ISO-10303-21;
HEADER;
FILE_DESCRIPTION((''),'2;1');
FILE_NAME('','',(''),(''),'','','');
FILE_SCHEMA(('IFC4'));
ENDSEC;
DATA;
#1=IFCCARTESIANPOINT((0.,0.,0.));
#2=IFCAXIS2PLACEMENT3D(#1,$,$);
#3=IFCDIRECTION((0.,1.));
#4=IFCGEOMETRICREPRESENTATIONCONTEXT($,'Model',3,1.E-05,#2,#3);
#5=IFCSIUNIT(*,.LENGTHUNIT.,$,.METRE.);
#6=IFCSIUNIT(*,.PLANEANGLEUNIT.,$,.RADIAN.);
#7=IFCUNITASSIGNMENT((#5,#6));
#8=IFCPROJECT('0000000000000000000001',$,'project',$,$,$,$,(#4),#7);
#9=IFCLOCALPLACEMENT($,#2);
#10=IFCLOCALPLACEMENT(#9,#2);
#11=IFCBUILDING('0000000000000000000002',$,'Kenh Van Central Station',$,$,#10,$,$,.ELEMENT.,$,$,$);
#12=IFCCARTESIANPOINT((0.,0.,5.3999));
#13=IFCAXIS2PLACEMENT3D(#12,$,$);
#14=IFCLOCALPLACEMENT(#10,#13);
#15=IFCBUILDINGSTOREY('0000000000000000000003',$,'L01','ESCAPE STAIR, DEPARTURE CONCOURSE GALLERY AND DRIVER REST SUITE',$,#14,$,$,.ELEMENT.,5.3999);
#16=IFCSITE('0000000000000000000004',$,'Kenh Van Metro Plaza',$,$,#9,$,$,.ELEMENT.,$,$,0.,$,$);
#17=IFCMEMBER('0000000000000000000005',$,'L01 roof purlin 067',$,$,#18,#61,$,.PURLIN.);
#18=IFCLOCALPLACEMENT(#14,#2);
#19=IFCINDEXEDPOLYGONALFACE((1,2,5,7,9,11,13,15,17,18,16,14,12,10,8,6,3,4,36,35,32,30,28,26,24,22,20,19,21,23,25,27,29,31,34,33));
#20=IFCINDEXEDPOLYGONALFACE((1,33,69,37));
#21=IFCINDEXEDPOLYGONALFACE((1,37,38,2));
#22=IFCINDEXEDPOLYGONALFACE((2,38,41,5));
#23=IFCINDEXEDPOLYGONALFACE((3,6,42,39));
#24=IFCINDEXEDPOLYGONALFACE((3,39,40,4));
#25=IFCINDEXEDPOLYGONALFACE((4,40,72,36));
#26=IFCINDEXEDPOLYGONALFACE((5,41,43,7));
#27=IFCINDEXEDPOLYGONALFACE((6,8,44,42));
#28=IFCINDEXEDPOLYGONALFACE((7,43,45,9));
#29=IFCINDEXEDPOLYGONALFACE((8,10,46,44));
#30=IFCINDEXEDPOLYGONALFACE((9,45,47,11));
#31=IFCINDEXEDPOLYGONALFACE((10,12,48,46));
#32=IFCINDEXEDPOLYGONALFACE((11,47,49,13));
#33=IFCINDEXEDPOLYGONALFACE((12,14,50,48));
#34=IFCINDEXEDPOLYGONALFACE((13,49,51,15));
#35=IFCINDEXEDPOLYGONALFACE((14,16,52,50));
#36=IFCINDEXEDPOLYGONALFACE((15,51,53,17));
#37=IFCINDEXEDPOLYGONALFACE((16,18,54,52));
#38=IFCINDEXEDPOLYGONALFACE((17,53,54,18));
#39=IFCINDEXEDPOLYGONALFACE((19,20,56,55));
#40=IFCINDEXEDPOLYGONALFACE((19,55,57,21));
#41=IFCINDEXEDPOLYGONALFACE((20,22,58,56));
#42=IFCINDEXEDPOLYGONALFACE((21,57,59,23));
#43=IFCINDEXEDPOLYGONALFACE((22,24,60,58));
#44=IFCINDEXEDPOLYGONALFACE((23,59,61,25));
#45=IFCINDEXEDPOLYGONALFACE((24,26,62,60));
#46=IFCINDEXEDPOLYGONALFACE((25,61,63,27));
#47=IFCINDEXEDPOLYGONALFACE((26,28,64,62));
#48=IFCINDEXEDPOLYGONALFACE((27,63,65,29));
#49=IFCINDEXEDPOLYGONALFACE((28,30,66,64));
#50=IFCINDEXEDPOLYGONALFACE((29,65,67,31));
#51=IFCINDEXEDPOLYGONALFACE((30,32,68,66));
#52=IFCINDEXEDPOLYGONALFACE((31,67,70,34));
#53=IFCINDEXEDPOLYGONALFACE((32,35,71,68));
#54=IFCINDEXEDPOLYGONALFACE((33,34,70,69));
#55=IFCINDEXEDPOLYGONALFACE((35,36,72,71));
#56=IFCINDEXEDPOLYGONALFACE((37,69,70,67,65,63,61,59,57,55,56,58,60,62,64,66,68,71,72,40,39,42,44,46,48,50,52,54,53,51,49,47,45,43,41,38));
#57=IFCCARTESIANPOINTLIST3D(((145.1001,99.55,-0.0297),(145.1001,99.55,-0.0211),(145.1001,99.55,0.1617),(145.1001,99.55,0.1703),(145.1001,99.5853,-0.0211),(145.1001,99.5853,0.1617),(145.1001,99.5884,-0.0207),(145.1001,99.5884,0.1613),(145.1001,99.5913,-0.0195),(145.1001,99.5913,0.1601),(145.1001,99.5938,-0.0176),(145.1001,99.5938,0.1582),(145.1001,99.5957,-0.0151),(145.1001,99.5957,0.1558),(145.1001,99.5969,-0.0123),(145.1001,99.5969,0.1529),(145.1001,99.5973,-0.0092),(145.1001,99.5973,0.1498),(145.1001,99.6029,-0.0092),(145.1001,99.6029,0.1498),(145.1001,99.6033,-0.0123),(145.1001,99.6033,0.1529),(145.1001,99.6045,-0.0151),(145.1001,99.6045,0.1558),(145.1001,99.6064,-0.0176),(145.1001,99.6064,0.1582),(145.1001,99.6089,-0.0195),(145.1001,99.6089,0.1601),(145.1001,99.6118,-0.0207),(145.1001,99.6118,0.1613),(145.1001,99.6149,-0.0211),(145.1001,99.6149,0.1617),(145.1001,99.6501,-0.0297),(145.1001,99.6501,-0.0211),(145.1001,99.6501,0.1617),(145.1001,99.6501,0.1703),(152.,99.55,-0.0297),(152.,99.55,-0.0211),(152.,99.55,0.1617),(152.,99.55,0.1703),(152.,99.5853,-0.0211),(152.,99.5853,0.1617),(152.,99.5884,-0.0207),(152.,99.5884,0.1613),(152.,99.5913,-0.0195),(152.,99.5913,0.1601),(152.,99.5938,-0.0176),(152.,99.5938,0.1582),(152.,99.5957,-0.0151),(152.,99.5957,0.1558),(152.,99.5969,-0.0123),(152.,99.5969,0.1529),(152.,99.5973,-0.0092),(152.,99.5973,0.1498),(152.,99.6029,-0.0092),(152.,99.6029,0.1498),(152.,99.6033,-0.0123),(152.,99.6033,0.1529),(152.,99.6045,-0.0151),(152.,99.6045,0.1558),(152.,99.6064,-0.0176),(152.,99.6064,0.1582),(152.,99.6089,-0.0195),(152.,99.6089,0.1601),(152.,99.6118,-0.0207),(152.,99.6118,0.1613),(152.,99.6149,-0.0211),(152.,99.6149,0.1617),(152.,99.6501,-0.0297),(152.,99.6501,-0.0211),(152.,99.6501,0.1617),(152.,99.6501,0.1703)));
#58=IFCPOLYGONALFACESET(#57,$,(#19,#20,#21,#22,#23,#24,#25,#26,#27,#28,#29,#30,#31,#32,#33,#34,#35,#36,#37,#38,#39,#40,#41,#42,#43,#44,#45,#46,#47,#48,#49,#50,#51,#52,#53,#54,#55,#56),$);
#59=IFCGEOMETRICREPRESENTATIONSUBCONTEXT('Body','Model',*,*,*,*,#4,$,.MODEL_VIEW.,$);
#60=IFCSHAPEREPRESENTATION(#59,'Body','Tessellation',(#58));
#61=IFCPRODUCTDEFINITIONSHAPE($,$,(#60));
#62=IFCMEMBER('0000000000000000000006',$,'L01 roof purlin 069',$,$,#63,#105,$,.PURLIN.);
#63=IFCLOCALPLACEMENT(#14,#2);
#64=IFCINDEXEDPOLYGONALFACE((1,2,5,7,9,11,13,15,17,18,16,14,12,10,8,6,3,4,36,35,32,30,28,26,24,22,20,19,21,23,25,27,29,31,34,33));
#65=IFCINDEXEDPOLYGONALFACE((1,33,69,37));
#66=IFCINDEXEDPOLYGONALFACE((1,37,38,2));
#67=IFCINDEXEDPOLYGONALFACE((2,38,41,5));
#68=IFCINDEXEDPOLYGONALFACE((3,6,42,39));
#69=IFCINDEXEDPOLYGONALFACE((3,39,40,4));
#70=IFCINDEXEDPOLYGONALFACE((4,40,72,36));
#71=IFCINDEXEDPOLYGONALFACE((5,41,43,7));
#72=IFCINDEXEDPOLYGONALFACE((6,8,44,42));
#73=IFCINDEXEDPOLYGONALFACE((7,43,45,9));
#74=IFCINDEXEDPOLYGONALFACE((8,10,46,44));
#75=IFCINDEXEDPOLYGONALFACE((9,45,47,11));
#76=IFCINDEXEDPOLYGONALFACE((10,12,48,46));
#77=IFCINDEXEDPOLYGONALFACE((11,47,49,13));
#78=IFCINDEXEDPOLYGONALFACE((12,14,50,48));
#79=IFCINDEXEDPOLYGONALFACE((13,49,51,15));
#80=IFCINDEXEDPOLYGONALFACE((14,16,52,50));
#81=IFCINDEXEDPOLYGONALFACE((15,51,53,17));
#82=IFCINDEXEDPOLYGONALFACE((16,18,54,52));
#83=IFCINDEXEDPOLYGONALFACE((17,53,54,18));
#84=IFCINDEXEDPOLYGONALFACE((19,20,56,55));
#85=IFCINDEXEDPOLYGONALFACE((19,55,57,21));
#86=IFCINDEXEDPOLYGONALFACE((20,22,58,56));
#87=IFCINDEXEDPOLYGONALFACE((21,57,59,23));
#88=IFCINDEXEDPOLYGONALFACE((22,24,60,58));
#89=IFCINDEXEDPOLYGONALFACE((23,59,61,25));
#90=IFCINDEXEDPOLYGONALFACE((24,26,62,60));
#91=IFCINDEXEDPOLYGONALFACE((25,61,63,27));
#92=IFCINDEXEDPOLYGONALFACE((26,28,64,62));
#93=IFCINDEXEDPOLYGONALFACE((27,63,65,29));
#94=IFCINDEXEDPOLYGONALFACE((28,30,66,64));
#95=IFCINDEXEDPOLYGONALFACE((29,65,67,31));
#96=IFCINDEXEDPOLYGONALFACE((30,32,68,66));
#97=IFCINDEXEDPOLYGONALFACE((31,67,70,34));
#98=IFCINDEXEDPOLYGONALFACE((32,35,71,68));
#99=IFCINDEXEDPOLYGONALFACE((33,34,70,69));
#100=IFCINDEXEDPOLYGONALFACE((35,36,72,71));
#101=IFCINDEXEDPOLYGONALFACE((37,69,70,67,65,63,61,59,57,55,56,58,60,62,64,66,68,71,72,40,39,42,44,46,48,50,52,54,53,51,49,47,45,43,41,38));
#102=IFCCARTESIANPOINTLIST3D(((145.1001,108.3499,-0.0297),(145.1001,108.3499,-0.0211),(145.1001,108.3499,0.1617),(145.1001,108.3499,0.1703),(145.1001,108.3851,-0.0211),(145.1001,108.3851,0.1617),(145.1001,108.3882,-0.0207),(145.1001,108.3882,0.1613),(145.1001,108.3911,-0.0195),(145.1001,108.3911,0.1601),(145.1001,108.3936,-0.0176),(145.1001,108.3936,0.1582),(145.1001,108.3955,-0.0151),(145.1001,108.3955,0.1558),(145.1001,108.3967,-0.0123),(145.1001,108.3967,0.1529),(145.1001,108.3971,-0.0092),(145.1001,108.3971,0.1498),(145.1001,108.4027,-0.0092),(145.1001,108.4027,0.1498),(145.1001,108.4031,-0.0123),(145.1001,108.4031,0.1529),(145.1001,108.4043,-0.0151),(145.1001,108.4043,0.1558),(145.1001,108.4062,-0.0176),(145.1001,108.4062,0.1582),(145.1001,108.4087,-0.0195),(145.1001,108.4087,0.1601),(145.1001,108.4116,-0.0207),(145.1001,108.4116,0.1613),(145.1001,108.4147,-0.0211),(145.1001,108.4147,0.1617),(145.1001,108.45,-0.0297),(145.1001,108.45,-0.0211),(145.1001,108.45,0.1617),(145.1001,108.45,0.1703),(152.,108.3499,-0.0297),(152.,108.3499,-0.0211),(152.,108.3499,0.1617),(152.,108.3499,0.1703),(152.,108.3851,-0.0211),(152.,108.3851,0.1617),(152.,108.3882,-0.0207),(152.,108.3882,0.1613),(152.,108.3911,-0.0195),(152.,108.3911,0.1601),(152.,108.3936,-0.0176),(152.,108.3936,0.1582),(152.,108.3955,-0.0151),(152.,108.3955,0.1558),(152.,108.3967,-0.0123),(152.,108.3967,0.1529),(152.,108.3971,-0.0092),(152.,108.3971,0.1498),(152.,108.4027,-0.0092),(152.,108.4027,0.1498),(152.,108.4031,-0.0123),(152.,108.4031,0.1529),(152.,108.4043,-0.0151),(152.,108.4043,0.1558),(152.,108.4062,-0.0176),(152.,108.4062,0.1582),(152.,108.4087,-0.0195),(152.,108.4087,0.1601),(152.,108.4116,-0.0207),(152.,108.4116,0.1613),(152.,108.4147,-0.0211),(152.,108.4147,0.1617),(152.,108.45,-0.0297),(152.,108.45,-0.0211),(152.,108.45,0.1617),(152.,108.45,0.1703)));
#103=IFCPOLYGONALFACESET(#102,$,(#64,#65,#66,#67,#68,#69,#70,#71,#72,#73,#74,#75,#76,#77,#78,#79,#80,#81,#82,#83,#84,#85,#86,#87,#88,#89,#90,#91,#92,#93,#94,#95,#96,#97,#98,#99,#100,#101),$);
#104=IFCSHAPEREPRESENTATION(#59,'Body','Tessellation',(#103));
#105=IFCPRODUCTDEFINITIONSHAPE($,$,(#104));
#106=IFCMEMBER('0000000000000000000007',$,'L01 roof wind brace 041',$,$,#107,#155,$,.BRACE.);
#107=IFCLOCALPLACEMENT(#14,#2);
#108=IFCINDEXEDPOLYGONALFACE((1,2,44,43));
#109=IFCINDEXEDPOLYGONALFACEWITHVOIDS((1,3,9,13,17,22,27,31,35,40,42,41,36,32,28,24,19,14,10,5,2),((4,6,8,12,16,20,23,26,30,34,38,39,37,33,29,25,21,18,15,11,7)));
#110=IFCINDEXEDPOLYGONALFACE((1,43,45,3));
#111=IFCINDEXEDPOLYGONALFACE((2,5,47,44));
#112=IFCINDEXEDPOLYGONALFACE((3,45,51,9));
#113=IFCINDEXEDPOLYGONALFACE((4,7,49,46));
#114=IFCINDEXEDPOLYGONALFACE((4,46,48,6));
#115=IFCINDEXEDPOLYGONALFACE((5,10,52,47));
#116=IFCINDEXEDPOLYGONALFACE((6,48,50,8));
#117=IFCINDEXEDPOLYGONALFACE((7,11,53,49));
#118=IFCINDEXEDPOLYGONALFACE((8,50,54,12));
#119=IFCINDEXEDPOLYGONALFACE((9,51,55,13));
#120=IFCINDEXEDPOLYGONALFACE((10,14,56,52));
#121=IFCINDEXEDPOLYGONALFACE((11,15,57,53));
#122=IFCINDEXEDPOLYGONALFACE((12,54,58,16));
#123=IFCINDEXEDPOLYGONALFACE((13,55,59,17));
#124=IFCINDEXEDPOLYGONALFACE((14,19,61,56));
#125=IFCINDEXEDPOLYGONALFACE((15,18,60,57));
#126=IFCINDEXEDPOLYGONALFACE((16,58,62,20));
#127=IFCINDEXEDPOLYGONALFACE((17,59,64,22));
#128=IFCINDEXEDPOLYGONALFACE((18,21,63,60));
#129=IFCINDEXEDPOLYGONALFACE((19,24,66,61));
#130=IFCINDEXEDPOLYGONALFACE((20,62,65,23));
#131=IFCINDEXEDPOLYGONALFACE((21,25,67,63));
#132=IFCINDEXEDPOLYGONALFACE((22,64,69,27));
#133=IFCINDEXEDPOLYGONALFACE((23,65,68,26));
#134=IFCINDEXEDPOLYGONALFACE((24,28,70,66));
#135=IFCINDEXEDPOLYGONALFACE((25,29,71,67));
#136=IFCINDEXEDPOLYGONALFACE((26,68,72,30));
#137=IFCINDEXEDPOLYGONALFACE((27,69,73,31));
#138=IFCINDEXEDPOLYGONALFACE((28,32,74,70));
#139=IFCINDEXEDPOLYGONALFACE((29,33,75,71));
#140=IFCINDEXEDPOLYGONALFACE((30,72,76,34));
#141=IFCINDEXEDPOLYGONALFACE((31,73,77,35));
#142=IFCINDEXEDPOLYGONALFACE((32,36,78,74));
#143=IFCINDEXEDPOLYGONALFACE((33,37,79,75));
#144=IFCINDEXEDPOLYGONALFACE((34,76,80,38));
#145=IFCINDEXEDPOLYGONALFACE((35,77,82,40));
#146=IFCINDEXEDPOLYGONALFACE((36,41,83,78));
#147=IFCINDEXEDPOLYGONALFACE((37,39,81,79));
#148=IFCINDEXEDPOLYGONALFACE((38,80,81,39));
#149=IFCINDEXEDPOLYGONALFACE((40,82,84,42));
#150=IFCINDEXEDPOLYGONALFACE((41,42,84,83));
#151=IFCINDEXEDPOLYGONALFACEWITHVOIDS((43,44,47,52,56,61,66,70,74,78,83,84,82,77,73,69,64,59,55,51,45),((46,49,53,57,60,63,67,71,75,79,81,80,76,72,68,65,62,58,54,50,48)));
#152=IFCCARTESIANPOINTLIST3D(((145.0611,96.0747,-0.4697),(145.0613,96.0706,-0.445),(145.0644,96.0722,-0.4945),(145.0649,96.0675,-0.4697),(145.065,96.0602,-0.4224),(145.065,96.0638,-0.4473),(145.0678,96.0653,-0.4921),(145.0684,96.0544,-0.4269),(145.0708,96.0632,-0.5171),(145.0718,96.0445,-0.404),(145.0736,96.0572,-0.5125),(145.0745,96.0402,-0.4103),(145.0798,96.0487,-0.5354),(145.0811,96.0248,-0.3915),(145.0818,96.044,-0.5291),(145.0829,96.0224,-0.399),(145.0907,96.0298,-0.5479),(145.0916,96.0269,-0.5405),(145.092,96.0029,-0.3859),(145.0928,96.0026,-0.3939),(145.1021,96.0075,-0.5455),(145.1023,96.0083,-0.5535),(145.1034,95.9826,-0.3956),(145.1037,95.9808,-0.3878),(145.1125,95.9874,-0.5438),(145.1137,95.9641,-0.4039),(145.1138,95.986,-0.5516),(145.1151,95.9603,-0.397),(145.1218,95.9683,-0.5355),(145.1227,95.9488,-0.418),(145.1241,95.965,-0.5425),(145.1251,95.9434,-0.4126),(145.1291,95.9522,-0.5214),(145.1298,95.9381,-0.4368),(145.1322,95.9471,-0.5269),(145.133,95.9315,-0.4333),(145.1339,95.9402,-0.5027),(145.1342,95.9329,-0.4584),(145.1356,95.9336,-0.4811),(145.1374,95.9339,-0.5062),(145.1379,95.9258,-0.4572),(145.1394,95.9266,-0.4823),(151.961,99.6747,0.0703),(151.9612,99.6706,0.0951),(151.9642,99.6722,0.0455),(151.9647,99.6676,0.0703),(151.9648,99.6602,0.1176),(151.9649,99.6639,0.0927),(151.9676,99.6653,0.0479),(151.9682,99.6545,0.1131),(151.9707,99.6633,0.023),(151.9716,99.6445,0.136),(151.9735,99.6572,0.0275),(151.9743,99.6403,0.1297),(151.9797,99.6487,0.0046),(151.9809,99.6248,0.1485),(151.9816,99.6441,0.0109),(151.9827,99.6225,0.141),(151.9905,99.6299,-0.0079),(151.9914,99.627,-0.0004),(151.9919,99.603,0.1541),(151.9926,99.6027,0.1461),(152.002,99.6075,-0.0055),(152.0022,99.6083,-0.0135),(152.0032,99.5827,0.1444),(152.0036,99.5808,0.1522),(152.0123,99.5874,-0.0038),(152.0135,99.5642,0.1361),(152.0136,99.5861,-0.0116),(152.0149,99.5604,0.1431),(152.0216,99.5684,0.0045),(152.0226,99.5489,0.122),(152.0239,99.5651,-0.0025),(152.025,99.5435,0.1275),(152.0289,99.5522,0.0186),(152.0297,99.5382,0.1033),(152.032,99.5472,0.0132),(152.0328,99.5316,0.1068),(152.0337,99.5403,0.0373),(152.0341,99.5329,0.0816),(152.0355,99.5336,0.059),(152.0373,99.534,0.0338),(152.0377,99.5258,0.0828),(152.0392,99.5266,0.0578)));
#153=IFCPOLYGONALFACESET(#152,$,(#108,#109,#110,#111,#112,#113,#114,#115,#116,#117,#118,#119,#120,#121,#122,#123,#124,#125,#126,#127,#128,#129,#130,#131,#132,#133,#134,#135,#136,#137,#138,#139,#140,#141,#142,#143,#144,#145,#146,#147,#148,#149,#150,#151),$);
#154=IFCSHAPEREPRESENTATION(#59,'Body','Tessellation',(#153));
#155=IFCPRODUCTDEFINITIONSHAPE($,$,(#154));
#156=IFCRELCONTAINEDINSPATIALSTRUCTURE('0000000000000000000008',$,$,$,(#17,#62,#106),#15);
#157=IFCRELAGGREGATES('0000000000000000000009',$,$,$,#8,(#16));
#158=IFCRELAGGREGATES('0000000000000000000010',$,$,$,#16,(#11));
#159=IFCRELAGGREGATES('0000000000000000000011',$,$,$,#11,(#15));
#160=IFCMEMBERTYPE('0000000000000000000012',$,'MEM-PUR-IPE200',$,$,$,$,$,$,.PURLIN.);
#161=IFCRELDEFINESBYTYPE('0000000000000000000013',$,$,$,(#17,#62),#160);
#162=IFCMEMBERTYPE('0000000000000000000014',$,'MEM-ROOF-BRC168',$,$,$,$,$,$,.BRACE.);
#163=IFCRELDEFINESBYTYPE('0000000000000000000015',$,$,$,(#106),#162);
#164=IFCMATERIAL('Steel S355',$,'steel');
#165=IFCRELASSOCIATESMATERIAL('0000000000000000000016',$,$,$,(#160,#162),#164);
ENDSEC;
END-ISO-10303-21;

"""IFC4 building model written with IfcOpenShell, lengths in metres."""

from ifc_helpers import new_model, si_unit, direction, frame, origin, origin_2d, place, context, subcontext, project, spatial, hollow_circle, i_section, extrude, material, material_profile, profile_set, type_object, element, save


model = new_model("IFC4")

# Units and contexts
model_context = context("Model", 3, precision=1e-05, world=origin(), true_north=direction((0.0, 1.0)))
body_context = subcontext(model_context, "Body", "Model", "MODEL_VIEW")
ifc_project = project(units=[si_unit("LENGTHUNIT", "METRE"), si_unit("PLANEANGLEUNIT", "RADIAN")], contexts=[model_context])

# Site, building, storey
site_placement = place(None, origin())
site = spatial("IfcSite", under=ifc_project, at=site_placement, Name="Kenh Van Metro Plaza", CompositionType="ELEMENT", RefElevation=0.0)
building_placement = place(site_placement, origin())
building = spatial("IfcBuilding", under=site, at=building_placement, Name="Kenh Van Central Station", CompositionType="ELEMENT")
storey_placement = place(building_placement, frame((0.0, 0.0, 5.3999)))
storey = spatial("IfcBuildingStorey", under=building, at=storey_placement, Name="L01", Description="ESCAPE STAIR, DEPARTURE CONCOURSE GALLERY AND DRIVER REST SUITE", CompositionType="ELEMENT", Elevation=5.3999)

# Shared definitions
ifc_material_1 = material(Name="Steel S355", Category="steel")

# Members
ifc_material_profile_1 = material_profile(ifc_material_1, i_section(OverallWidth=0.1001, OverallDepth=0.2, WebThickness=0.0056, FlangeThickness=0.0085, FilletRadius=0.012, at=origin_2d()), Name="IPE 200")
ifc_profile_set_1 = profile_set([ifc_material_profile_1], Name="Steel S355")
member_type_1 = type_object("IfcMemberType", Name="MEM-PUR-IPE200", PredefinedType="PURLIN", material=ifc_profile_set_1)
for number, where, z_axis, x_axis, name in (
    (1, (145.1001, 99.6001, 0.0703), (1.0, 0.0, 0.0), (0.0, 1.0, 0.0), "L01 roof purlin 067"),
    (2, (145.1001, 108.3999, 0.0703), (1.0, 0.0, 0.0), (0.0, 1.0, 0.0), "L01 roof purlin 069"),
):
    element("IfcMember", number, at=place(storey_placement, frame(where, z_axis=z_axis, x_axis=x_axis)), inside=storey, type_object=member_type_1, Name=name, PredefinedType="PURLIN", context=body_context, shape_type="SweptSolid", body=[
        extrude(i_section(OverallWidth=0.1001, OverallDepth=0.2, WebThickness=0.0056, FlangeThickness=0.0085, FilletRadius=0.012, at=origin_2d()), origin(), (0.0, 0.0, 1.0), 6.8999),
    ])
ifc_material_profile_2 = material_profile(ifc_material_1, hollow_circle(Radius=0.0842, WallThickness=0.0081, at=origin_2d()), Name="CHS 168.3x8")
ifc_profile_set_2 = profile_set([ifc_material_profile_2], Name="Steel S355")
member_type_2 = type_object("IfcMemberType", Name="MEM-ROOF-BRC168", PredefinedType="BRACE", material=ifc_profile_set_2)
member_1_placement = place(storey_placement, frame((145.1001, 96.0, -0.4697), z_axis=(0.88445, 0.461471, 0.069224), x_axis=(-0.462581, 0.886577, 0.0)))
element("IfcMember", 3, at=member_1_placement, inside=storey, type_object=member_type_2, Name="L01 roof wind brace 041", PredefinedType="BRACE", context=body_context, shape_type="SweptSolid", body=[
    extrude(hollow_circle(Radius=0.0842, WallThickness=0.0081, at=origin_2d()), origin(), (0.0, 0.0, 1.0), 7.8013),
])

save(model, "model.ifc")
